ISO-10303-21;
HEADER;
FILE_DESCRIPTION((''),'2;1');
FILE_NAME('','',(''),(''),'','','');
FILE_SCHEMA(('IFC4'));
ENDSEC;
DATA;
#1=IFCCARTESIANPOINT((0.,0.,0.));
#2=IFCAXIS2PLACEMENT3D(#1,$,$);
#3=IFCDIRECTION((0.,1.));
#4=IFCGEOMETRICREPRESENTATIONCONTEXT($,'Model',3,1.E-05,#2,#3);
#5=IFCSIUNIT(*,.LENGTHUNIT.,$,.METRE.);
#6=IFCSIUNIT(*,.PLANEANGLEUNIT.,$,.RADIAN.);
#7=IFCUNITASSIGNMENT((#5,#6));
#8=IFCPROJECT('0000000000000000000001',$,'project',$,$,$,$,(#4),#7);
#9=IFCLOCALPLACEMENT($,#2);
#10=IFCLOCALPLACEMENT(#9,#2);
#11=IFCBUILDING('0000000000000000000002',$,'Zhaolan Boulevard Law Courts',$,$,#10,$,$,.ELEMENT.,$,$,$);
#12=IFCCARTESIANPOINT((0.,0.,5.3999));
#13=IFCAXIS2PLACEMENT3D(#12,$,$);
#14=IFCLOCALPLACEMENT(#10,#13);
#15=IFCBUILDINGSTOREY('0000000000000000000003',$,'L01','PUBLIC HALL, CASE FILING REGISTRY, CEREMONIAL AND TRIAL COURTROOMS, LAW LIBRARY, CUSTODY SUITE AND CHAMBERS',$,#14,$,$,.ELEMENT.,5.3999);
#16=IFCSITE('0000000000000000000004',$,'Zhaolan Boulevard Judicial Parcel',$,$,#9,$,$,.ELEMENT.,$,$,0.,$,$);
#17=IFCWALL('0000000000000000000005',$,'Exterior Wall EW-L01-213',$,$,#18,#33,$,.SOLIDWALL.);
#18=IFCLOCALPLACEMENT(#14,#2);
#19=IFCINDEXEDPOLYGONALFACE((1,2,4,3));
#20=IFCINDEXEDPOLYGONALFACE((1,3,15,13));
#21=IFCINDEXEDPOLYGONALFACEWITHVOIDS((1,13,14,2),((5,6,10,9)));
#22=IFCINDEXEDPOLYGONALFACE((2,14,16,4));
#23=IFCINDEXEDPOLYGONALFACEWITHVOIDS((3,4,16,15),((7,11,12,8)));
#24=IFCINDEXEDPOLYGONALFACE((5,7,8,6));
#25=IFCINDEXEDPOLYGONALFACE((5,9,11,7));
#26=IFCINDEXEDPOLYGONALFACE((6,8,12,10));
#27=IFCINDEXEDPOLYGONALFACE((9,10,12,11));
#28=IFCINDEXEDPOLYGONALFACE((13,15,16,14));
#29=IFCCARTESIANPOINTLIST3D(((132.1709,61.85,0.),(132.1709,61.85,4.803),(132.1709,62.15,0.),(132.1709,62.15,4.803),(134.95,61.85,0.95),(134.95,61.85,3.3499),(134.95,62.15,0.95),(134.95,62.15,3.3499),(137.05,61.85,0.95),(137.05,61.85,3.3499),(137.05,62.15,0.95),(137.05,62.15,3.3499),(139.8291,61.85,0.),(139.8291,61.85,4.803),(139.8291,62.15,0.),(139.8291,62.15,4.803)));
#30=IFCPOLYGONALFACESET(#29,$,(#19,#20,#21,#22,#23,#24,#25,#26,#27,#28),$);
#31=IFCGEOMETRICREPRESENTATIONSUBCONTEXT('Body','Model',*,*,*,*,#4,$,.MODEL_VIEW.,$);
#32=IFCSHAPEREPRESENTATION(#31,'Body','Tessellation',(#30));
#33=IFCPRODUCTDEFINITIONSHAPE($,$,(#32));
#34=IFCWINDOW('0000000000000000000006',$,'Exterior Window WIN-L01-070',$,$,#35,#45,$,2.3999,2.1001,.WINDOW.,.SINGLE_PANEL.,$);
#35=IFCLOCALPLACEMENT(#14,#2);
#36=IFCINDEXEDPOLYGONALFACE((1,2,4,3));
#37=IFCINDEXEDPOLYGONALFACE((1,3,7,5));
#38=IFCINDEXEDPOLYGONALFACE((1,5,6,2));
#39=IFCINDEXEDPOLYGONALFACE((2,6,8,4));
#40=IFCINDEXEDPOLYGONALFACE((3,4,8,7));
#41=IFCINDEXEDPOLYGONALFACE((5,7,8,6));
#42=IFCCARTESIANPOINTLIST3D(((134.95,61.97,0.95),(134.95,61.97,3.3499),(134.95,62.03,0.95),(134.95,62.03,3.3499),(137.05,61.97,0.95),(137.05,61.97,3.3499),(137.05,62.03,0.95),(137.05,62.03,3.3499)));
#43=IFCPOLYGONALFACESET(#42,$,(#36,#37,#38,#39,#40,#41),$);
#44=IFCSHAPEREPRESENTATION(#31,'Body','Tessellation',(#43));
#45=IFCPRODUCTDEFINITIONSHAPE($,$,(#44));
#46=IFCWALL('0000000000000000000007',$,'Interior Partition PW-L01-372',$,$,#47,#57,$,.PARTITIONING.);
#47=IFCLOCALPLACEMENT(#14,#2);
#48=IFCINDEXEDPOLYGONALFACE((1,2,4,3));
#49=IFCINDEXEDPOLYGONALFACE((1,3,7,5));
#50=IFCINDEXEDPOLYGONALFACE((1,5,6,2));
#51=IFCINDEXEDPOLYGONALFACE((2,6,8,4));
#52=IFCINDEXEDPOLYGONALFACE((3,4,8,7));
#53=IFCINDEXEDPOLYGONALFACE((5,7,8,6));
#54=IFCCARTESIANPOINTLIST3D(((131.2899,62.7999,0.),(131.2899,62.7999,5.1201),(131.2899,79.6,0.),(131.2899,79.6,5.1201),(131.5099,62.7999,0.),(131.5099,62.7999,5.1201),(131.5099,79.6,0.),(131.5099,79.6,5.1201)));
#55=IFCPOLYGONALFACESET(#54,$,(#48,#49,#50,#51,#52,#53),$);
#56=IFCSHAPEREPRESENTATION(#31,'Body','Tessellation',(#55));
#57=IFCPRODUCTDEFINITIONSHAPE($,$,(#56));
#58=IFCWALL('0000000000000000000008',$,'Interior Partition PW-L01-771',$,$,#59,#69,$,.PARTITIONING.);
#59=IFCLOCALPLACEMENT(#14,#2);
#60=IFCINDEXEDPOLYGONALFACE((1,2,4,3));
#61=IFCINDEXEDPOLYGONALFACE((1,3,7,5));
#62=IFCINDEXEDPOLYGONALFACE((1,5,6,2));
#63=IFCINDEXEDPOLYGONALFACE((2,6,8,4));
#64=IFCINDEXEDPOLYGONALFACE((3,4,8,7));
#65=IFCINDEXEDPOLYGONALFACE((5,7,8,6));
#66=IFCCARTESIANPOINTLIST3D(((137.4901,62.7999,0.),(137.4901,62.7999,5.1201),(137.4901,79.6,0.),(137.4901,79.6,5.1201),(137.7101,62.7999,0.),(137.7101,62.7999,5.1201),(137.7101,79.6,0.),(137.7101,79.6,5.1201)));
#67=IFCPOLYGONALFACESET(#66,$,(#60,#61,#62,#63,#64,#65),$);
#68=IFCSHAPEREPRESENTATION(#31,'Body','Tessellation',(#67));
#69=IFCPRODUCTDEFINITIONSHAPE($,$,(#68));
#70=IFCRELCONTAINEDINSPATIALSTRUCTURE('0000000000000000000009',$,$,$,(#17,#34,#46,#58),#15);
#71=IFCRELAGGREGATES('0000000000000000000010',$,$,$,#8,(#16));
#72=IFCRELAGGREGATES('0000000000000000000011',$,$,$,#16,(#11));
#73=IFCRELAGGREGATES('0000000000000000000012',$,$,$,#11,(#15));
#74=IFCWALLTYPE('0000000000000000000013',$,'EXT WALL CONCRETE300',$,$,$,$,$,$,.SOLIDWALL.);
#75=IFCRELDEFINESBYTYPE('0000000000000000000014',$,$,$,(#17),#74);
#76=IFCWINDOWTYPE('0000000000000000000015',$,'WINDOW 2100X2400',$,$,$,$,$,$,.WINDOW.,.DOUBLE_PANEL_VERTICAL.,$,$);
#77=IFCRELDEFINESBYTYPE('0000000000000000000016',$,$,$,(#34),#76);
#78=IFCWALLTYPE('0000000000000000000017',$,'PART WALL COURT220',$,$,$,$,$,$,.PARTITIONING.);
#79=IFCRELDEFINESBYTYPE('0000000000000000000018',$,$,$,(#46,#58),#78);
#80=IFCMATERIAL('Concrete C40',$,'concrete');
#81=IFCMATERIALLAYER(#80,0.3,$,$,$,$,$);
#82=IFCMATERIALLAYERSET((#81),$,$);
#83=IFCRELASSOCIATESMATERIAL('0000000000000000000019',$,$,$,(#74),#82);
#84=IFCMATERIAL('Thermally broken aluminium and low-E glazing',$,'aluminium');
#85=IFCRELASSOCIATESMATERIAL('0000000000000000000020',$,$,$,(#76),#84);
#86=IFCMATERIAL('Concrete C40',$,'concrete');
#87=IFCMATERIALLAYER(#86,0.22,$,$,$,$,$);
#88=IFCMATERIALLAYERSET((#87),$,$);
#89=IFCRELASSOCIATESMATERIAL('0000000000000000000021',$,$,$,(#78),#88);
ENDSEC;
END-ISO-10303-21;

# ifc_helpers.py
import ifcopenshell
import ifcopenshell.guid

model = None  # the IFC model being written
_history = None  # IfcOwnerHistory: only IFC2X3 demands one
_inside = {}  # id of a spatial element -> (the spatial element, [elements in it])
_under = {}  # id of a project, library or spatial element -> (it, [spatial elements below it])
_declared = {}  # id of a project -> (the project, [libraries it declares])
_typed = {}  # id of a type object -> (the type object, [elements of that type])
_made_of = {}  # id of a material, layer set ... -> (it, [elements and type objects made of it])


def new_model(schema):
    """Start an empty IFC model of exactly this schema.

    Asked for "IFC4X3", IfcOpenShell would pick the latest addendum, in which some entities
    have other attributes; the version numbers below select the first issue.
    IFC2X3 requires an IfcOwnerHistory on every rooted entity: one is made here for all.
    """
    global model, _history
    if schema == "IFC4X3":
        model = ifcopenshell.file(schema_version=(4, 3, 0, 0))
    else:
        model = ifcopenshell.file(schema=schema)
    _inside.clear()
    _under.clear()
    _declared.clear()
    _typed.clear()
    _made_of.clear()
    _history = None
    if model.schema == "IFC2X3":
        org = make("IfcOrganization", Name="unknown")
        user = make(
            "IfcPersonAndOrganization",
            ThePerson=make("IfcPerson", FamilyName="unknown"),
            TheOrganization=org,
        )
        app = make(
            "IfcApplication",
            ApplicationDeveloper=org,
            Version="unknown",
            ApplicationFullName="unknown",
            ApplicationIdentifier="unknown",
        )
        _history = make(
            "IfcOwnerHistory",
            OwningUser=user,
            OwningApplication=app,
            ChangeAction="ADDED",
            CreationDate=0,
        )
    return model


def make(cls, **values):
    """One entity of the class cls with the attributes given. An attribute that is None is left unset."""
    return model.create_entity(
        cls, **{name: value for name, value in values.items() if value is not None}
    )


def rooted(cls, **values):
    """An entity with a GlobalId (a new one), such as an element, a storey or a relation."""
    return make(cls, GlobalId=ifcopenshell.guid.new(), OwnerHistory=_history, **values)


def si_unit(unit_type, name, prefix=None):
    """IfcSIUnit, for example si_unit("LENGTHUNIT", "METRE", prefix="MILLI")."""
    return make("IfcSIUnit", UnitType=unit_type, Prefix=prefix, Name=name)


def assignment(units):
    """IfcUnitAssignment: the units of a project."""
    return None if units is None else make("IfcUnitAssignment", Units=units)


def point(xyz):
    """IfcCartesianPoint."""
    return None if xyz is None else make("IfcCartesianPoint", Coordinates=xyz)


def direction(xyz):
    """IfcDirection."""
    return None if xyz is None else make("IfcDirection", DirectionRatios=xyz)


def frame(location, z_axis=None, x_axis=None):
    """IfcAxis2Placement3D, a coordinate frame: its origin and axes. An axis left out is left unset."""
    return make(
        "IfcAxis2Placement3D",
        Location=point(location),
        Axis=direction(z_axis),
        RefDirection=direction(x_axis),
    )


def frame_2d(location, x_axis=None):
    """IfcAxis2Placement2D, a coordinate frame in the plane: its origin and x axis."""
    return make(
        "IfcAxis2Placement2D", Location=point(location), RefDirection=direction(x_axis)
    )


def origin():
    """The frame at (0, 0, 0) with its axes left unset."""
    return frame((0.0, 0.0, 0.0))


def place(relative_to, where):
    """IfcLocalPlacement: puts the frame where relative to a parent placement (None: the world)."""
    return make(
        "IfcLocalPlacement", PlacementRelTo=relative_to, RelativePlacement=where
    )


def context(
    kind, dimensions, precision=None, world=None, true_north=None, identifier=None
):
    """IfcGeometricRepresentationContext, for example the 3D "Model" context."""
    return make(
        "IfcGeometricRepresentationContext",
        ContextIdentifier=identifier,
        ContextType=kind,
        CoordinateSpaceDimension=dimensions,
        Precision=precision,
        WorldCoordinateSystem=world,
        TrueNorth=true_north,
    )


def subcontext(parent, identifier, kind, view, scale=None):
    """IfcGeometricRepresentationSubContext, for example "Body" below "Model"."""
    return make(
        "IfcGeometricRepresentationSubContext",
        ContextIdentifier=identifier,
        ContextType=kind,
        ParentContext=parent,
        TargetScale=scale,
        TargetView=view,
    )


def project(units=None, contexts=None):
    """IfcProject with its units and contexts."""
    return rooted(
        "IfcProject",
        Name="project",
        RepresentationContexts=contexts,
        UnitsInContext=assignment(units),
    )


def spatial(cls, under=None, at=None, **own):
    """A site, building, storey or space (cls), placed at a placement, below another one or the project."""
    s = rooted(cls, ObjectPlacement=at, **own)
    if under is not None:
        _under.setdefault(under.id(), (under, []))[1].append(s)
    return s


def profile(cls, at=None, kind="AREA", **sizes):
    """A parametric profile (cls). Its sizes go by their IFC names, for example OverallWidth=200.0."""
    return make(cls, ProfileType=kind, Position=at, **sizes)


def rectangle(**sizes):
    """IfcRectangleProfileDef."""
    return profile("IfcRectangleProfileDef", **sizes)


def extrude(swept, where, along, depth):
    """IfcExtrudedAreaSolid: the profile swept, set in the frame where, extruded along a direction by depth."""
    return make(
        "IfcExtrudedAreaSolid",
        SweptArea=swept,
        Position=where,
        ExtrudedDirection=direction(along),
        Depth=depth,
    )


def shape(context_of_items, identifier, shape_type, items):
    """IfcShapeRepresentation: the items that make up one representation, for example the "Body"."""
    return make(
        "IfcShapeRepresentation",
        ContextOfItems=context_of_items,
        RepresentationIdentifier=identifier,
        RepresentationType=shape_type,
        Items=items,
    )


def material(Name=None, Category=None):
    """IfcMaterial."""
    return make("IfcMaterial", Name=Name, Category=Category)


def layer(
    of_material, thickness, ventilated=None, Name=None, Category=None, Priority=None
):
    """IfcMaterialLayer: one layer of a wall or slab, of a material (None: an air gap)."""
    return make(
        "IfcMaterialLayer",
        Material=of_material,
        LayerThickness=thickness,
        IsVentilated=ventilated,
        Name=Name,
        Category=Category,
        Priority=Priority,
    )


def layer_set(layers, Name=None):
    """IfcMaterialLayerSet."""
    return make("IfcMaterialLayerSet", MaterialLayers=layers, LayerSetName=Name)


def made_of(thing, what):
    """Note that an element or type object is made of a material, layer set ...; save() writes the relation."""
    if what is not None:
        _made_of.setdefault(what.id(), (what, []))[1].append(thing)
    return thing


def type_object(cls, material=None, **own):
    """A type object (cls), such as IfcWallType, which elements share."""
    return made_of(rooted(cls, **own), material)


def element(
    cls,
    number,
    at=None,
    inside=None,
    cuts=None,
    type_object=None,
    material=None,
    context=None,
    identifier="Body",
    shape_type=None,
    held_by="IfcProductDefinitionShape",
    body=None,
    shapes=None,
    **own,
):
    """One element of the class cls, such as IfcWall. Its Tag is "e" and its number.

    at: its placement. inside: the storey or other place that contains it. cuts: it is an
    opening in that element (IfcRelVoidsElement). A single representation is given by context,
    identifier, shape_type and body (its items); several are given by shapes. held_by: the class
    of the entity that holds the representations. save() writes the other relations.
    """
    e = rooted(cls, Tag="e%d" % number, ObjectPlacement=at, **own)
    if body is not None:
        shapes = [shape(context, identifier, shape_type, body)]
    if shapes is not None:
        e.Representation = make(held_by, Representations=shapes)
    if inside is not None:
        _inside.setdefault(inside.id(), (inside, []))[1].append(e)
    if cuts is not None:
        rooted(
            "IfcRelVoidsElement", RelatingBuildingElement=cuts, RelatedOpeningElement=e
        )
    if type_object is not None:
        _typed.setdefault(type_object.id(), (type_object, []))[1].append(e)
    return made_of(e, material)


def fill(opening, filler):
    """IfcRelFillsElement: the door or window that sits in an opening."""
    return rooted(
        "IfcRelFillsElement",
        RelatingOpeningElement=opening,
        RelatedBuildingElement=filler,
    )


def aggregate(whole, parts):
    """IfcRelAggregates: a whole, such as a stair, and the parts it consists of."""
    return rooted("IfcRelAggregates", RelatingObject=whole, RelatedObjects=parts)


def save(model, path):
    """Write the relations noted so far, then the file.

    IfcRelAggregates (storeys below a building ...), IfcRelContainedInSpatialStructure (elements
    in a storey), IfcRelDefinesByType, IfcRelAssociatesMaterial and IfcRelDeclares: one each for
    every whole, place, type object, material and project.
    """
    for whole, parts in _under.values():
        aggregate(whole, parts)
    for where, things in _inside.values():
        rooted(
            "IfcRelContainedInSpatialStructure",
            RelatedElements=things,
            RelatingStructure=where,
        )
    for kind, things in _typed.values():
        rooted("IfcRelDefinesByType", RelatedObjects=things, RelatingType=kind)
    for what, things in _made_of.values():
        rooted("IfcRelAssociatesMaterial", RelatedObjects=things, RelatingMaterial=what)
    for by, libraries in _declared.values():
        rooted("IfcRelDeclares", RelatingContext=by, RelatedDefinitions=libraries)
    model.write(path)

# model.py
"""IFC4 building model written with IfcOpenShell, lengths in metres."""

from ifc_helpers import new_model, si_unit, direction, frame, frame_2d, origin, place, context, subcontext, project, spatial, rectangle, extrude, material, layer, layer_set, type_object, element, fill, save


model = new_model("IFC4")

# Units and contexts
model_context = context("Model", 3, precision=1e-05, world=origin(), true_north=direction((0.0, 1.0)))
body_context = subcontext(model_context, "Body", "Model", "MODEL_VIEW")
ifc_project = project(units=[si_unit("LENGTHUNIT", "METRE"), si_unit("PLANEANGLEUNIT", "RADIAN")], contexts=[model_context])

# Site, building, storey
site_placement = place(None, origin())
site = spatial("IfcSite", under=ifc_project, at=site_placement, Name="Zhaolan Boulevard Judicial Parcel", CompositionType="ELEMENT", RefElevation=0.0)
building_placement = place(site_placement, origin())
building = spatial("IfcBuilding", under=site, at=building_placement, Name="Zhaolan Boulevard Law Courts", CompositionType="ELEMENT")
storey_placement = place(building_placement, frame((0.0, 0.0, 5.3999)))
storey = spatial("IfcBuildingStorey", under=building, at=storey_placement, Name="L01", Description="PUBLIC HALL, CASE FILING REGISTRY, CEREMONIAL AND TRIAL COURTROOMS, LAW LIBRARY, CUSTODY SUITE AND CHAMBERS", CompositionType="ELEMENT", Elevation=5.3999)

# Wall, opening, window
ifc_material_1 = material(Name="Concrete C40", Category="concrete")
ifc_layer_1 = layer(ifc_material_1, 0.3)
ifc_layer_set_1 = layer_set([ifc_layer_1])
wall_type_1 = type_object("IfcWallType", Name="EXT WALL CONCRETE300", PredefinedType="SOLIDWALL", material=ifc_layer_set_1)
wall_1_placement = place(storey_placement, frame((132.1709, 62.0, 0.0), z_axis=(0.0, 0.0, 1.0), x_axis=(1.0, 0.0, 0.0)))
wall_1 = element("IfcWall", 1, at=wall_1_placement, inside=storey, type_object=wall_type_1, Name="Exterior Wall EW-L01-213", PredefinedType="SOLIDWALL", context=body_context, shape_type="SweptSolid", body=[
    extrude(rectangle(XDim=7.6582, YDim=0.3, at=frame_2d((3.8291, 0.0))), origin(), (0.0, 0.0, 1.0), 4.803),
])
opening_1_placement = place(wall_1_placement, frame((2.7791, 0.0, 0.95)))
opening_1 = element("IfcOpeningElement", 2, at=opening_1_placement, cuts=wall_1, PredefinedType="OPENING", context=body_context, shape_type="SweptSolid", body=[
    extrude(rectangle(XDim=2.1001, YDim=2.3999, at=frame_2d((1.05, 1.2))), frame((0.0, 0.1599, 0.0), z_axis=(0.0, -1.0, 0.0), x_axis=(1.0, 0.0, 0.0)), (0.0, 0.0, 1.0), 0.3201),
])
ifc_material_2 = material(Name="Thermally broken aluminium and low-E glazing", Category="aluminium")
window_type = type_object("IfcWindowType", Name="WINDOW 2100X2400", PartitioningType="DOUBLE_PANEL_VERTICAL", PredefinedType="WINDOW", material=ifc_material_2)
window_placement = place(opening_1_placement, origin())
window = element("IfcWindow", 3, at=window_placement, inside=storey, type_object=window_type, Name="Exterior Window WIN-L01-070", OverallHeight=2.3999, OverallWidth=2.1001, PartitioningType="SINGLE_PANEL", PredefinedType="WINDOW", context=body_context, shape_type="SweptSolid", body=[
    extrude(rectangle(XDim=2.1001, YDim=2.3999, at=frame_2d((1.05, 1.2))), frame((0.0, 0.03, 0.0), z_axis=(0.0, -1.0, 0.0), x_axis=(1.0, 0.0, 0.0)), (0.0, 0.0, 1.0), 0.0601),
])
fill(opening_1, window)

# Walls
ifc_material_3 = material(Name="Concrete C40", Category="concrete")
ifc_layer_2 = layer(ifc_material_3, 0.22)
ifc_layer_set_2 = layer_set([ifc_layer_2])
wall_type_2 = type_object("IfcWallType", Name="PART WALL COURT220", PredefinedType="PARTITIONING", material=ifc_layer_set_2)
for number, where, z_axis, x_axis, name in (
    (4, (131.3999, 62.8, 0.0), (0.0, 0.0, 1.0), (0.0, 1.0, 0.0), "Interior Partition PW-L01-372"),
    (5, (137.6001, 62.8, 0.0), (0.0, 0.0, 1.0), (0.0, 1.0, 0.0), "Interior Partition PW-L01-771"),
):
    element("IfcWall", number, at=place(storey_placement, frame(where, z_axis=z_axis, x_axis=x_axis)), inside=storey, type_object=wall_type_2, Name=name, PredefinedType="PARTITIONING", context=body_context, shape_type="SweptSolid", body=[
        extrude(rectangle(XDim=16.8, YDim=0.22, at=frame_2d((8.3999, 0.0))), origin(), (0.0, 0.0, 1.0), 5.1201),
    ])

save(model, "model.ifc")
